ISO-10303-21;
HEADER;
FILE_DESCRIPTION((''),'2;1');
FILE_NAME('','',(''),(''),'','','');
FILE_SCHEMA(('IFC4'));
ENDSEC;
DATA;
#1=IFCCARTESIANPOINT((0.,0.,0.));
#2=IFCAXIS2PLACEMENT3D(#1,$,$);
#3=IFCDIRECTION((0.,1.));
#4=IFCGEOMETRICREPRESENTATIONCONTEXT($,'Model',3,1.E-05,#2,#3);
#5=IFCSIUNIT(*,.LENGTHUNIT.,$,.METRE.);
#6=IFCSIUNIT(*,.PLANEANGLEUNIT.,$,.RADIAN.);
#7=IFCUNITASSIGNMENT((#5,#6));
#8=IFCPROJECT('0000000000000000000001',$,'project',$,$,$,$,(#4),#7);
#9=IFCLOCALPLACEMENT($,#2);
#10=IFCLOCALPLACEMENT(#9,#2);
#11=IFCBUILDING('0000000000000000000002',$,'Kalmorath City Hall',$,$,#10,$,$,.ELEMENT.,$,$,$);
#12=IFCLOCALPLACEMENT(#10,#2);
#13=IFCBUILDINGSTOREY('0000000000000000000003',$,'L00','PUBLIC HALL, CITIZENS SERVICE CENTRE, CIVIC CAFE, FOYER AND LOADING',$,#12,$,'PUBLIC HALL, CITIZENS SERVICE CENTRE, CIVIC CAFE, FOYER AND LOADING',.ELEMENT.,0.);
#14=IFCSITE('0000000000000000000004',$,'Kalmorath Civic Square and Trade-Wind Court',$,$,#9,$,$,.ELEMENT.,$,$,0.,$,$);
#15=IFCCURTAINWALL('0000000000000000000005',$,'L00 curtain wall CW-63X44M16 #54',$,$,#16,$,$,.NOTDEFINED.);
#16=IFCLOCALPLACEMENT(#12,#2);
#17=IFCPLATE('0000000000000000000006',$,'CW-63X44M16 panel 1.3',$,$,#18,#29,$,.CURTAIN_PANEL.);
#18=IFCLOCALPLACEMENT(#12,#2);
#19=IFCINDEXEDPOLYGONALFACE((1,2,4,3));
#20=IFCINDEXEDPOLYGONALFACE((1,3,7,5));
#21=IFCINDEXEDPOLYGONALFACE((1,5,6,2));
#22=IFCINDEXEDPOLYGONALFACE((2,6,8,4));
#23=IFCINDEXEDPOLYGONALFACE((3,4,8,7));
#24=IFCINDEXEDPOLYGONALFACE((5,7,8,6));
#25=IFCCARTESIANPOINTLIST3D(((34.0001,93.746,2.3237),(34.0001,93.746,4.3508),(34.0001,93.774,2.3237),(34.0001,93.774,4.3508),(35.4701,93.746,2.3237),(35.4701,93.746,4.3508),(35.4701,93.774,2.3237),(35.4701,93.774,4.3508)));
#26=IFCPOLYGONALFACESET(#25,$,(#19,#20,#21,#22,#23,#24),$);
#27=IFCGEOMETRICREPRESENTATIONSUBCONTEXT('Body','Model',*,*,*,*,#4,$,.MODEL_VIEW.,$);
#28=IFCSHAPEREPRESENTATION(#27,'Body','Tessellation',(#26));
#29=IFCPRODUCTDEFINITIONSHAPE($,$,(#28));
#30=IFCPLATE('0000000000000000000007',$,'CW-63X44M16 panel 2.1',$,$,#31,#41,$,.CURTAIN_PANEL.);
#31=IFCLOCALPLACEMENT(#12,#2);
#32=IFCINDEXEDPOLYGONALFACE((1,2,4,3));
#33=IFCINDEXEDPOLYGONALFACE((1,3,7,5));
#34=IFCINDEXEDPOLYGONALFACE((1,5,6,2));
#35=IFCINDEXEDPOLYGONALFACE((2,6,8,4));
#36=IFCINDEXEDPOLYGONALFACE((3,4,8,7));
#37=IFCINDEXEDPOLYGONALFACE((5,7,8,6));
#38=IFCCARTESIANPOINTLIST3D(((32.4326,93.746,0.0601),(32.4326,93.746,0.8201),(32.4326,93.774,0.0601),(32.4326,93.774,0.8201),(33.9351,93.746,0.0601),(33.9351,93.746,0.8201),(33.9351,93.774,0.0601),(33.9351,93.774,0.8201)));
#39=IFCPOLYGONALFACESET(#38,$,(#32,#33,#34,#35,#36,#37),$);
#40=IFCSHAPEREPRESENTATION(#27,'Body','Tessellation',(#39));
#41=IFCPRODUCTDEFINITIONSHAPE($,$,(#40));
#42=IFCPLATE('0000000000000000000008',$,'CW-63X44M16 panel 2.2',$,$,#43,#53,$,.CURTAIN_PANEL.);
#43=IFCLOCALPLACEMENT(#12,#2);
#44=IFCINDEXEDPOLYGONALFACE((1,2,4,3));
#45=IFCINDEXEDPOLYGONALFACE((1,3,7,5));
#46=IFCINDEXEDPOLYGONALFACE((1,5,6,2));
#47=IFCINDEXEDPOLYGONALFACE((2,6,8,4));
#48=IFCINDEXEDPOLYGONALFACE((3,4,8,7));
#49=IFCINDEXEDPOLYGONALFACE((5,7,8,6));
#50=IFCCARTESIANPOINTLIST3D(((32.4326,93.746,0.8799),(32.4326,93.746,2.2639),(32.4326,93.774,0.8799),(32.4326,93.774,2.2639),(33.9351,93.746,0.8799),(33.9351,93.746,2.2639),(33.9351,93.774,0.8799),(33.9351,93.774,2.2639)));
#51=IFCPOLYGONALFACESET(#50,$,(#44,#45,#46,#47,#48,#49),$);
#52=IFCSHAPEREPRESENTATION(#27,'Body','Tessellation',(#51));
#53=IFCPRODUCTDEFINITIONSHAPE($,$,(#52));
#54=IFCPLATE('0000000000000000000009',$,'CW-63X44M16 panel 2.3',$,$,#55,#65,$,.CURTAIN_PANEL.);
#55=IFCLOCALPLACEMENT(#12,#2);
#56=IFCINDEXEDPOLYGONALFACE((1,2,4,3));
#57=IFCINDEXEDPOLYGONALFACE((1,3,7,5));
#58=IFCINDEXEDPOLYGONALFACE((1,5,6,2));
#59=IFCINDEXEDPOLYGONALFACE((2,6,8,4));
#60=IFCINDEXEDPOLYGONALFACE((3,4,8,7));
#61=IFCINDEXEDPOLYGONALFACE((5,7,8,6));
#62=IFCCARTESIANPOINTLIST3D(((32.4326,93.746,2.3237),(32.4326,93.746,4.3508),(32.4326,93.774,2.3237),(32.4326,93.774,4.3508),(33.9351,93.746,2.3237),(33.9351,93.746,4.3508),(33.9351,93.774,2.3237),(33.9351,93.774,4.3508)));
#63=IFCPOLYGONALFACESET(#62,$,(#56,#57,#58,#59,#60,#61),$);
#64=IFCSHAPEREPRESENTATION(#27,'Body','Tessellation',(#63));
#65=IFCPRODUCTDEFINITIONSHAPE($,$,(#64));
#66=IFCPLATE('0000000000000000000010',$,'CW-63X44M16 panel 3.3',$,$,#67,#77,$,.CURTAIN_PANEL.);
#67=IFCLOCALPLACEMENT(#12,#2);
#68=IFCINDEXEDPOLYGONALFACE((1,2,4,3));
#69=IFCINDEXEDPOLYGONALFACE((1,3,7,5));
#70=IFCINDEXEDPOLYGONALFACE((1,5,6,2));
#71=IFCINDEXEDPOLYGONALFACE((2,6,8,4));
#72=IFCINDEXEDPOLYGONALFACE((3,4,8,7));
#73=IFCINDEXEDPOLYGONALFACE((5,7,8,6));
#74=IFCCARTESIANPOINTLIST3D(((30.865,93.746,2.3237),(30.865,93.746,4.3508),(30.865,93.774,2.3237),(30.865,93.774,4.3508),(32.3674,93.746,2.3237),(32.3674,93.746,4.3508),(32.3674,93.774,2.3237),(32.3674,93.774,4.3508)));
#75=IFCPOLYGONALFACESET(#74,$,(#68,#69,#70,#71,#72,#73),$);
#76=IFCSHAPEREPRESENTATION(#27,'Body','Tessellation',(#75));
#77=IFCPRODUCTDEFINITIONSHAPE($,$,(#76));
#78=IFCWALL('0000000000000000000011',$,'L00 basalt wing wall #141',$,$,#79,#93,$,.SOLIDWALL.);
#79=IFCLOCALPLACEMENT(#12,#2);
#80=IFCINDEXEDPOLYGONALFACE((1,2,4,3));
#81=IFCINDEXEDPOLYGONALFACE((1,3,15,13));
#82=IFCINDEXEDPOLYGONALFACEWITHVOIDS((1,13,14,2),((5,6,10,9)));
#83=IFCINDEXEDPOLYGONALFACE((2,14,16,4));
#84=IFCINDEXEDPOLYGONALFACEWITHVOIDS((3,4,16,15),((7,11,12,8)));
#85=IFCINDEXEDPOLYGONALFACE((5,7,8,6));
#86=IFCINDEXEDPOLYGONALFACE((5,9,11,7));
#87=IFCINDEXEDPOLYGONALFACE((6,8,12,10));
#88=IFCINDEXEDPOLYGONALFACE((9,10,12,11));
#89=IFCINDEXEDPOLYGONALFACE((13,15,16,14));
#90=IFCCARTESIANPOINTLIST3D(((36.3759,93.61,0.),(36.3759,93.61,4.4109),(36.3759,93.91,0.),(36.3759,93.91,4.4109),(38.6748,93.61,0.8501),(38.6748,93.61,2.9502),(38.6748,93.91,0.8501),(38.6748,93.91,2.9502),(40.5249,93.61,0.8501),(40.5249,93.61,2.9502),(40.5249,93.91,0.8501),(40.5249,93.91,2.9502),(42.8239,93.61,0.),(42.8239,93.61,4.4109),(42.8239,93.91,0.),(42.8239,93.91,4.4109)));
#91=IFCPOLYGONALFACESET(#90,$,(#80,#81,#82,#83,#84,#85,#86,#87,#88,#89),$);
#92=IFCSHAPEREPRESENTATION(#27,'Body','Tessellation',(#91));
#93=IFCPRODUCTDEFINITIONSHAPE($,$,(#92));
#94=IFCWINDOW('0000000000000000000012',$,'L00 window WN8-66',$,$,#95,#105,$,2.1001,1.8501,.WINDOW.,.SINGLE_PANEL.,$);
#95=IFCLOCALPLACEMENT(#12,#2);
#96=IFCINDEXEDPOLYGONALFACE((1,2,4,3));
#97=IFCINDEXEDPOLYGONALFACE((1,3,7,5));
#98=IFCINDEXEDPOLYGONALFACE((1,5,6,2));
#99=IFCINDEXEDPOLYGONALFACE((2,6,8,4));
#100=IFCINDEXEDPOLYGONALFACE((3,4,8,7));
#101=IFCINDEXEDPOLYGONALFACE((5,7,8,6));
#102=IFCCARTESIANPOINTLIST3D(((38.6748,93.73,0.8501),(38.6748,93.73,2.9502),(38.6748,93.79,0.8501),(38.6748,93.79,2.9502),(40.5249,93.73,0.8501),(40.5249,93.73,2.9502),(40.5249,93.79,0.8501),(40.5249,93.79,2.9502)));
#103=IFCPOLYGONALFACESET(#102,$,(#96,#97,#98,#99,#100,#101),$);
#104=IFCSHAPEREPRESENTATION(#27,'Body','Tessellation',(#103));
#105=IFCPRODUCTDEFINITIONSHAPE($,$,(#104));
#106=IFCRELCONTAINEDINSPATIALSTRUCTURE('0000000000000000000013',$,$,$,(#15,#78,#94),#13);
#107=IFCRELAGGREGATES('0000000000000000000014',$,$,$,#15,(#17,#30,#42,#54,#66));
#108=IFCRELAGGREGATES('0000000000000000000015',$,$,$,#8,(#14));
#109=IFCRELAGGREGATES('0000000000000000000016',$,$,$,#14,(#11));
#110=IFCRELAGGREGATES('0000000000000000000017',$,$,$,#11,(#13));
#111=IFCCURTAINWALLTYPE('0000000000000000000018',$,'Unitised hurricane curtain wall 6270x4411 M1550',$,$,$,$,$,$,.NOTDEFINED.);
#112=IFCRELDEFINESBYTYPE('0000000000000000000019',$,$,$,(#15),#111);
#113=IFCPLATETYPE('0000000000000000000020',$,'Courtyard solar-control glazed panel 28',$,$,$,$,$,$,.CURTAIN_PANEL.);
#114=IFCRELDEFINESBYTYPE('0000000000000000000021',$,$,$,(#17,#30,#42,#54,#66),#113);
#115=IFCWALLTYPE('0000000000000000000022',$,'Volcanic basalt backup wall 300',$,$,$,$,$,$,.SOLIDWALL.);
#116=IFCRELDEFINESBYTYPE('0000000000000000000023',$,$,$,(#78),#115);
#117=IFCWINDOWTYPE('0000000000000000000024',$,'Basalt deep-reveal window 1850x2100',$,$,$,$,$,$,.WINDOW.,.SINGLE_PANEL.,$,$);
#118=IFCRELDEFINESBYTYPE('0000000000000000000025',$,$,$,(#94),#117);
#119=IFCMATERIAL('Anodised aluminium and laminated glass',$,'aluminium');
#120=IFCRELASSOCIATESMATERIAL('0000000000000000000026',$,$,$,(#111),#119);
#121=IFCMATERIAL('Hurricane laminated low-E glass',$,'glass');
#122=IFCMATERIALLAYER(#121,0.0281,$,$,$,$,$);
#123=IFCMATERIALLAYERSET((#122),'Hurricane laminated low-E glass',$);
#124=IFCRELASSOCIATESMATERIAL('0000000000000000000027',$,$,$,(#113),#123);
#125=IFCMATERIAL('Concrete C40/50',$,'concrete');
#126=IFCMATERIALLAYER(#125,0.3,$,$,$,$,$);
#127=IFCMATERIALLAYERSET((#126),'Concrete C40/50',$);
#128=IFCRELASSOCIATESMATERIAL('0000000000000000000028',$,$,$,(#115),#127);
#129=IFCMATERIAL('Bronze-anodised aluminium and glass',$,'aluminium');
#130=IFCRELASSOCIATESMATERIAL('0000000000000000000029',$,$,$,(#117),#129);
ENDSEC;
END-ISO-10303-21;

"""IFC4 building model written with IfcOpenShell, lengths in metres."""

from ifc_helpers import new_model, si_unit, direction, frame, frame_2d, origin, origin_2d, place, context, subcontext, project, spatial, rectangle, extrude, material, layer, layer_set, type_object, element, fill, aggregate, save


model = new_model("IFC4")

# Units and contexts
model_context = context("Model", 3, precision=1e-05, world=origin(), true_north=direction((0.0, 1.0)))
body_context = subcontext(model_context, "Body", "Model", "MODEL_VIEW")
ifc_project = project(units=[si_unit("LENGTHUNIT", "METRE"), si_unit("PLANEANGLEUNIT", "RADIAN")], contexts=[model_context])

# Site, building, storey
site_placement = place(None, origin())
site = spatial("IfcSite", under=ifc_project, at=site_placement, Name="Kalmorath Civic Square and Trade-Wind Court", CompositionType="ELEMENT", RefElevation=0.0)
building_placement = place(site_placement, origin())
building = spatial("IfcBuilding", under=site, at=building_placement, Name="Kalmorath City Hall", CompositionType="ELEMENT")
storey_placement = place(building_placement, origin())
storey = spatial("IfcBuildingStorey", under=building, at=storey_placement, Name="L00", Description="PUBLIC HALL, CITIZENS SERVICE CENTRE, CIVIC CAFE, FOYER AND LOADING", LongName="PUBLIC HALL, CITIZENS SERVICE CENTRE, CIVIC CAFE, FOYER AND LOADING", CompositionType="ELEMENT", Elevation=0.0)

# Shared definitions
ifc_material_1 = material(Name="Anodised aluminium and laminated glass", Category="aluminium")
curtain_wall_type = type_object("IfcCurtainWallType", Name="Unitised hurricane curtain wall 6270x4411 M1550", PredefinedType="NOTDEFINED", material=ifc_material_1)

# Curtain wall
curtain_wall_1_placement = place(storey_placement, origin())
curtain_wall_1 = element("IfcCurtainWall", 1, at=curtain_wall_1_placement, inside=storey, type_object=curtain_wall_type, Name="L00 curtain wall CW-63X44M16 #54", PredefinedType="NOTDEFINED")

# Plates
ifc_material_2 = material(Name="Hurricane laminated low-E glass", Category="glass")
ifc_layer_1 = layer(ifc_material_2, 0.0281)
ifc_layer_set_1 = layer_set([ifc_layer_1], Name="Hurricane laminated low-E glass")
plate_type = type_object("IfcPlateType", Name="Courtyard solar-control glazed panel 28", PredefinedType="CURTAIN_PANEL", material=ifc_layer_set_1)
plate_1_placement = place(storey_placement, frame((34.7351, 93.76, 2.3237), z_axis=(0.0, 0.0, 1.0), x_axis=(-1.0, 0.0, 0.0)))
plate_1 = element("IfcPlate", 2, at=plate_1_placement, type_object=plate_type, Name="CW-63X44M16 panel 1.3", PredefinedType="CURTAIN_PANEL", context=body_context, shape_type="SweptSolid", body=[
    extrude(rectangle(XDim=1.47, YDim=0.0281, at=origin_2d()), origin(), (0.0, 0.0, 1.0), 2.0271),
])
plate_2_placement = place(storey_placement, frame((33.1838, 93.76, 0.0601), z_axis=(0.0, 0.0, 1.0), x_axis=(-1.0, 0.0, 0.0)))
plate_2 = element("IfcPlate", 3, at=plate_2_placement, type_object=plate_type, Name="CW-63X44M16 panel 2.1", PredefinedType="CURTAIN_PANEL", context=body_context, shape_type="SweptSolid", body=[
    extrude(rectangle(XDim=1.5024, YDim=0.0281, at=origin_2d()), origin(), (0.0, 0.0, 1.0), 0.76),
])
plate_3_placement = place(storey_placement, frame((33.1838, 93.76, 0.8799), z_axis=(0.0, 0.0, 1.0), x_axis=(-1.0, 0.0, 0.0)))
plate_3 = element("IfcPlate", 4, at=plate_3_placement, type_object=plate_type, Name="CW-63X44M16 panel 2.2", PredefinedType="CURTAIN_PANEL", context=body_context, shape_type="SweptSolid", body=[
    extrude(rectangle(XDim=1.5024, YDim=0.0281, at=origin_2d()), origin(), (0.0, 0.0, 1.0), 1.384),
])
plate_4_placement = place(storey_placement, frame((33.1838, 93.76, 2.3237), z_axis=(0.0, 0.0, 1.0), x_axis=(-1.0, 0.0, 0.0)))
plate_4 = element("IfcPlate", 5, at=plate_4_placement, type_object=plate_type, Name="CW-63X44M16 panel 2.3", PredefinedType="CURTAIN_PANEL", context=body_context, shape_type="SweptSolid", body=[
    extrude(rectangle(XDim=1.5024, YDim=0.0281, at=origin_2d()), origin(), (0.0, 0.0, 1.0), 2.0271),
])
plate_5_placement = place(storey_placement, frame((31.6162, 93.76, 2.3237), z_axis=(0.0, 0.0, 1.0), x_axis=(-1.0, 0.0, 0.0)))
plate_5 = element("IfcPlate", 6, at=plate_5_placement, type_object=plate_type, Name="CW-63X44M16 panel 3.3", PredefinedType="CURTAIN_PANEL", context=body_context, shape_type="SweptSolid", body=[
    extrude(rectangle(XDim=1.5024, YDim=0.0281, at=origin_2d()), origin(), (0.0, 0.0, 1.0), 2.0271),
])
aggregate(curtain_wall_1, [plate_1, plate_2, plate_3, plate_4, plate_5])

# Wall, opening, window
ifc_material_3 = material(Name="Concrete C40/50", Category="concrete")
ifc_layer_2 = layer(ifc_material_3, 0.3)
ifc_layer_set_2 = layer_set([ifc_layer_2], Name="Concrete C40/50")
wall_type = type_object("IfcWallType", Name="Volcanic basalt backup wall 300", PredefinedType="SOLIDWALL", material=ifc_layer_set_2)
wall_placement = place(storey_placement, frame((42.824, 93.76, 0.0), z_axis=(0.0, 0.0, 1.0), x_axis=(-1.0, 0.0, 0.0)))
wall = element("IfcWall", 7, at=wall_placement, inside=storey, type_object=wall_type, Name="L00 basalt wing wall #141", PredefinedType="SOLIDWALL", context=body_context, shape_type="SweptSolid", body=[
    extrude(rectangle(XDim=6.448, YDim=0.3, at=frame_2d((3.2241, 0.0))), origin(), (0.0, 0.0, 1.0), 4.4109),
])
opening_placement = place(wall_placement, frame((2.2991, 0.0, 0.8501)))
opening = element("IfcOpeningElement", 8, at=opening_placement, cuts=wall, PredefinedType="OPENING", context=body_context, shape_type="SweptSolid", body=[
    extrude(rectangle(XDim=1.8501, YDim=2.1001, at=frame_2d((0.925, 1.05))), frame((0.0, 0.1599, 0.0), z_axis=(0.0, -1.0, 0.0), x_axis=(1.0, 0.0, 0.0)), (0.0, 0.0, 1.0), 0.3201),
])
ifc_material_4 = material(Name="Bronze-anodised aluminium and glass", Category="aluminium")
window_type = type_object("IfcWindowType", Name="Basalt deep-reveal window 1850x2100", PartitioningType="SINGLE_PANEL", PredefinedType="WINDOW", material=ifc_material_4)
window_placement = place(opening_placement, origin())
window = element("IfcWindow", 9, at=window_placement, inside=storey, type_object=window_type, Name="L00 window WN8-66", OverallHeight=2.1001, OverallWidth=1.8501, PartitioningType="SINGLE_PANEL", PredefinedType="WINDOW", context=body_context, shape_type="SweptSolid", body=[
    extrude(rectangle(XDim=1.8501, YDim=2.1001, at=frame_2d((0.925, 1.05))), frame((0.0, 0.03, 0.0), z_axis=(0.0, -1.0, 0.0), x_axis=(1.0, 0.0, 0.0)), (0.0, 0.0, 1.0), 0.0601),
])
fill(opening, window)

save(model, "model.ifc")
